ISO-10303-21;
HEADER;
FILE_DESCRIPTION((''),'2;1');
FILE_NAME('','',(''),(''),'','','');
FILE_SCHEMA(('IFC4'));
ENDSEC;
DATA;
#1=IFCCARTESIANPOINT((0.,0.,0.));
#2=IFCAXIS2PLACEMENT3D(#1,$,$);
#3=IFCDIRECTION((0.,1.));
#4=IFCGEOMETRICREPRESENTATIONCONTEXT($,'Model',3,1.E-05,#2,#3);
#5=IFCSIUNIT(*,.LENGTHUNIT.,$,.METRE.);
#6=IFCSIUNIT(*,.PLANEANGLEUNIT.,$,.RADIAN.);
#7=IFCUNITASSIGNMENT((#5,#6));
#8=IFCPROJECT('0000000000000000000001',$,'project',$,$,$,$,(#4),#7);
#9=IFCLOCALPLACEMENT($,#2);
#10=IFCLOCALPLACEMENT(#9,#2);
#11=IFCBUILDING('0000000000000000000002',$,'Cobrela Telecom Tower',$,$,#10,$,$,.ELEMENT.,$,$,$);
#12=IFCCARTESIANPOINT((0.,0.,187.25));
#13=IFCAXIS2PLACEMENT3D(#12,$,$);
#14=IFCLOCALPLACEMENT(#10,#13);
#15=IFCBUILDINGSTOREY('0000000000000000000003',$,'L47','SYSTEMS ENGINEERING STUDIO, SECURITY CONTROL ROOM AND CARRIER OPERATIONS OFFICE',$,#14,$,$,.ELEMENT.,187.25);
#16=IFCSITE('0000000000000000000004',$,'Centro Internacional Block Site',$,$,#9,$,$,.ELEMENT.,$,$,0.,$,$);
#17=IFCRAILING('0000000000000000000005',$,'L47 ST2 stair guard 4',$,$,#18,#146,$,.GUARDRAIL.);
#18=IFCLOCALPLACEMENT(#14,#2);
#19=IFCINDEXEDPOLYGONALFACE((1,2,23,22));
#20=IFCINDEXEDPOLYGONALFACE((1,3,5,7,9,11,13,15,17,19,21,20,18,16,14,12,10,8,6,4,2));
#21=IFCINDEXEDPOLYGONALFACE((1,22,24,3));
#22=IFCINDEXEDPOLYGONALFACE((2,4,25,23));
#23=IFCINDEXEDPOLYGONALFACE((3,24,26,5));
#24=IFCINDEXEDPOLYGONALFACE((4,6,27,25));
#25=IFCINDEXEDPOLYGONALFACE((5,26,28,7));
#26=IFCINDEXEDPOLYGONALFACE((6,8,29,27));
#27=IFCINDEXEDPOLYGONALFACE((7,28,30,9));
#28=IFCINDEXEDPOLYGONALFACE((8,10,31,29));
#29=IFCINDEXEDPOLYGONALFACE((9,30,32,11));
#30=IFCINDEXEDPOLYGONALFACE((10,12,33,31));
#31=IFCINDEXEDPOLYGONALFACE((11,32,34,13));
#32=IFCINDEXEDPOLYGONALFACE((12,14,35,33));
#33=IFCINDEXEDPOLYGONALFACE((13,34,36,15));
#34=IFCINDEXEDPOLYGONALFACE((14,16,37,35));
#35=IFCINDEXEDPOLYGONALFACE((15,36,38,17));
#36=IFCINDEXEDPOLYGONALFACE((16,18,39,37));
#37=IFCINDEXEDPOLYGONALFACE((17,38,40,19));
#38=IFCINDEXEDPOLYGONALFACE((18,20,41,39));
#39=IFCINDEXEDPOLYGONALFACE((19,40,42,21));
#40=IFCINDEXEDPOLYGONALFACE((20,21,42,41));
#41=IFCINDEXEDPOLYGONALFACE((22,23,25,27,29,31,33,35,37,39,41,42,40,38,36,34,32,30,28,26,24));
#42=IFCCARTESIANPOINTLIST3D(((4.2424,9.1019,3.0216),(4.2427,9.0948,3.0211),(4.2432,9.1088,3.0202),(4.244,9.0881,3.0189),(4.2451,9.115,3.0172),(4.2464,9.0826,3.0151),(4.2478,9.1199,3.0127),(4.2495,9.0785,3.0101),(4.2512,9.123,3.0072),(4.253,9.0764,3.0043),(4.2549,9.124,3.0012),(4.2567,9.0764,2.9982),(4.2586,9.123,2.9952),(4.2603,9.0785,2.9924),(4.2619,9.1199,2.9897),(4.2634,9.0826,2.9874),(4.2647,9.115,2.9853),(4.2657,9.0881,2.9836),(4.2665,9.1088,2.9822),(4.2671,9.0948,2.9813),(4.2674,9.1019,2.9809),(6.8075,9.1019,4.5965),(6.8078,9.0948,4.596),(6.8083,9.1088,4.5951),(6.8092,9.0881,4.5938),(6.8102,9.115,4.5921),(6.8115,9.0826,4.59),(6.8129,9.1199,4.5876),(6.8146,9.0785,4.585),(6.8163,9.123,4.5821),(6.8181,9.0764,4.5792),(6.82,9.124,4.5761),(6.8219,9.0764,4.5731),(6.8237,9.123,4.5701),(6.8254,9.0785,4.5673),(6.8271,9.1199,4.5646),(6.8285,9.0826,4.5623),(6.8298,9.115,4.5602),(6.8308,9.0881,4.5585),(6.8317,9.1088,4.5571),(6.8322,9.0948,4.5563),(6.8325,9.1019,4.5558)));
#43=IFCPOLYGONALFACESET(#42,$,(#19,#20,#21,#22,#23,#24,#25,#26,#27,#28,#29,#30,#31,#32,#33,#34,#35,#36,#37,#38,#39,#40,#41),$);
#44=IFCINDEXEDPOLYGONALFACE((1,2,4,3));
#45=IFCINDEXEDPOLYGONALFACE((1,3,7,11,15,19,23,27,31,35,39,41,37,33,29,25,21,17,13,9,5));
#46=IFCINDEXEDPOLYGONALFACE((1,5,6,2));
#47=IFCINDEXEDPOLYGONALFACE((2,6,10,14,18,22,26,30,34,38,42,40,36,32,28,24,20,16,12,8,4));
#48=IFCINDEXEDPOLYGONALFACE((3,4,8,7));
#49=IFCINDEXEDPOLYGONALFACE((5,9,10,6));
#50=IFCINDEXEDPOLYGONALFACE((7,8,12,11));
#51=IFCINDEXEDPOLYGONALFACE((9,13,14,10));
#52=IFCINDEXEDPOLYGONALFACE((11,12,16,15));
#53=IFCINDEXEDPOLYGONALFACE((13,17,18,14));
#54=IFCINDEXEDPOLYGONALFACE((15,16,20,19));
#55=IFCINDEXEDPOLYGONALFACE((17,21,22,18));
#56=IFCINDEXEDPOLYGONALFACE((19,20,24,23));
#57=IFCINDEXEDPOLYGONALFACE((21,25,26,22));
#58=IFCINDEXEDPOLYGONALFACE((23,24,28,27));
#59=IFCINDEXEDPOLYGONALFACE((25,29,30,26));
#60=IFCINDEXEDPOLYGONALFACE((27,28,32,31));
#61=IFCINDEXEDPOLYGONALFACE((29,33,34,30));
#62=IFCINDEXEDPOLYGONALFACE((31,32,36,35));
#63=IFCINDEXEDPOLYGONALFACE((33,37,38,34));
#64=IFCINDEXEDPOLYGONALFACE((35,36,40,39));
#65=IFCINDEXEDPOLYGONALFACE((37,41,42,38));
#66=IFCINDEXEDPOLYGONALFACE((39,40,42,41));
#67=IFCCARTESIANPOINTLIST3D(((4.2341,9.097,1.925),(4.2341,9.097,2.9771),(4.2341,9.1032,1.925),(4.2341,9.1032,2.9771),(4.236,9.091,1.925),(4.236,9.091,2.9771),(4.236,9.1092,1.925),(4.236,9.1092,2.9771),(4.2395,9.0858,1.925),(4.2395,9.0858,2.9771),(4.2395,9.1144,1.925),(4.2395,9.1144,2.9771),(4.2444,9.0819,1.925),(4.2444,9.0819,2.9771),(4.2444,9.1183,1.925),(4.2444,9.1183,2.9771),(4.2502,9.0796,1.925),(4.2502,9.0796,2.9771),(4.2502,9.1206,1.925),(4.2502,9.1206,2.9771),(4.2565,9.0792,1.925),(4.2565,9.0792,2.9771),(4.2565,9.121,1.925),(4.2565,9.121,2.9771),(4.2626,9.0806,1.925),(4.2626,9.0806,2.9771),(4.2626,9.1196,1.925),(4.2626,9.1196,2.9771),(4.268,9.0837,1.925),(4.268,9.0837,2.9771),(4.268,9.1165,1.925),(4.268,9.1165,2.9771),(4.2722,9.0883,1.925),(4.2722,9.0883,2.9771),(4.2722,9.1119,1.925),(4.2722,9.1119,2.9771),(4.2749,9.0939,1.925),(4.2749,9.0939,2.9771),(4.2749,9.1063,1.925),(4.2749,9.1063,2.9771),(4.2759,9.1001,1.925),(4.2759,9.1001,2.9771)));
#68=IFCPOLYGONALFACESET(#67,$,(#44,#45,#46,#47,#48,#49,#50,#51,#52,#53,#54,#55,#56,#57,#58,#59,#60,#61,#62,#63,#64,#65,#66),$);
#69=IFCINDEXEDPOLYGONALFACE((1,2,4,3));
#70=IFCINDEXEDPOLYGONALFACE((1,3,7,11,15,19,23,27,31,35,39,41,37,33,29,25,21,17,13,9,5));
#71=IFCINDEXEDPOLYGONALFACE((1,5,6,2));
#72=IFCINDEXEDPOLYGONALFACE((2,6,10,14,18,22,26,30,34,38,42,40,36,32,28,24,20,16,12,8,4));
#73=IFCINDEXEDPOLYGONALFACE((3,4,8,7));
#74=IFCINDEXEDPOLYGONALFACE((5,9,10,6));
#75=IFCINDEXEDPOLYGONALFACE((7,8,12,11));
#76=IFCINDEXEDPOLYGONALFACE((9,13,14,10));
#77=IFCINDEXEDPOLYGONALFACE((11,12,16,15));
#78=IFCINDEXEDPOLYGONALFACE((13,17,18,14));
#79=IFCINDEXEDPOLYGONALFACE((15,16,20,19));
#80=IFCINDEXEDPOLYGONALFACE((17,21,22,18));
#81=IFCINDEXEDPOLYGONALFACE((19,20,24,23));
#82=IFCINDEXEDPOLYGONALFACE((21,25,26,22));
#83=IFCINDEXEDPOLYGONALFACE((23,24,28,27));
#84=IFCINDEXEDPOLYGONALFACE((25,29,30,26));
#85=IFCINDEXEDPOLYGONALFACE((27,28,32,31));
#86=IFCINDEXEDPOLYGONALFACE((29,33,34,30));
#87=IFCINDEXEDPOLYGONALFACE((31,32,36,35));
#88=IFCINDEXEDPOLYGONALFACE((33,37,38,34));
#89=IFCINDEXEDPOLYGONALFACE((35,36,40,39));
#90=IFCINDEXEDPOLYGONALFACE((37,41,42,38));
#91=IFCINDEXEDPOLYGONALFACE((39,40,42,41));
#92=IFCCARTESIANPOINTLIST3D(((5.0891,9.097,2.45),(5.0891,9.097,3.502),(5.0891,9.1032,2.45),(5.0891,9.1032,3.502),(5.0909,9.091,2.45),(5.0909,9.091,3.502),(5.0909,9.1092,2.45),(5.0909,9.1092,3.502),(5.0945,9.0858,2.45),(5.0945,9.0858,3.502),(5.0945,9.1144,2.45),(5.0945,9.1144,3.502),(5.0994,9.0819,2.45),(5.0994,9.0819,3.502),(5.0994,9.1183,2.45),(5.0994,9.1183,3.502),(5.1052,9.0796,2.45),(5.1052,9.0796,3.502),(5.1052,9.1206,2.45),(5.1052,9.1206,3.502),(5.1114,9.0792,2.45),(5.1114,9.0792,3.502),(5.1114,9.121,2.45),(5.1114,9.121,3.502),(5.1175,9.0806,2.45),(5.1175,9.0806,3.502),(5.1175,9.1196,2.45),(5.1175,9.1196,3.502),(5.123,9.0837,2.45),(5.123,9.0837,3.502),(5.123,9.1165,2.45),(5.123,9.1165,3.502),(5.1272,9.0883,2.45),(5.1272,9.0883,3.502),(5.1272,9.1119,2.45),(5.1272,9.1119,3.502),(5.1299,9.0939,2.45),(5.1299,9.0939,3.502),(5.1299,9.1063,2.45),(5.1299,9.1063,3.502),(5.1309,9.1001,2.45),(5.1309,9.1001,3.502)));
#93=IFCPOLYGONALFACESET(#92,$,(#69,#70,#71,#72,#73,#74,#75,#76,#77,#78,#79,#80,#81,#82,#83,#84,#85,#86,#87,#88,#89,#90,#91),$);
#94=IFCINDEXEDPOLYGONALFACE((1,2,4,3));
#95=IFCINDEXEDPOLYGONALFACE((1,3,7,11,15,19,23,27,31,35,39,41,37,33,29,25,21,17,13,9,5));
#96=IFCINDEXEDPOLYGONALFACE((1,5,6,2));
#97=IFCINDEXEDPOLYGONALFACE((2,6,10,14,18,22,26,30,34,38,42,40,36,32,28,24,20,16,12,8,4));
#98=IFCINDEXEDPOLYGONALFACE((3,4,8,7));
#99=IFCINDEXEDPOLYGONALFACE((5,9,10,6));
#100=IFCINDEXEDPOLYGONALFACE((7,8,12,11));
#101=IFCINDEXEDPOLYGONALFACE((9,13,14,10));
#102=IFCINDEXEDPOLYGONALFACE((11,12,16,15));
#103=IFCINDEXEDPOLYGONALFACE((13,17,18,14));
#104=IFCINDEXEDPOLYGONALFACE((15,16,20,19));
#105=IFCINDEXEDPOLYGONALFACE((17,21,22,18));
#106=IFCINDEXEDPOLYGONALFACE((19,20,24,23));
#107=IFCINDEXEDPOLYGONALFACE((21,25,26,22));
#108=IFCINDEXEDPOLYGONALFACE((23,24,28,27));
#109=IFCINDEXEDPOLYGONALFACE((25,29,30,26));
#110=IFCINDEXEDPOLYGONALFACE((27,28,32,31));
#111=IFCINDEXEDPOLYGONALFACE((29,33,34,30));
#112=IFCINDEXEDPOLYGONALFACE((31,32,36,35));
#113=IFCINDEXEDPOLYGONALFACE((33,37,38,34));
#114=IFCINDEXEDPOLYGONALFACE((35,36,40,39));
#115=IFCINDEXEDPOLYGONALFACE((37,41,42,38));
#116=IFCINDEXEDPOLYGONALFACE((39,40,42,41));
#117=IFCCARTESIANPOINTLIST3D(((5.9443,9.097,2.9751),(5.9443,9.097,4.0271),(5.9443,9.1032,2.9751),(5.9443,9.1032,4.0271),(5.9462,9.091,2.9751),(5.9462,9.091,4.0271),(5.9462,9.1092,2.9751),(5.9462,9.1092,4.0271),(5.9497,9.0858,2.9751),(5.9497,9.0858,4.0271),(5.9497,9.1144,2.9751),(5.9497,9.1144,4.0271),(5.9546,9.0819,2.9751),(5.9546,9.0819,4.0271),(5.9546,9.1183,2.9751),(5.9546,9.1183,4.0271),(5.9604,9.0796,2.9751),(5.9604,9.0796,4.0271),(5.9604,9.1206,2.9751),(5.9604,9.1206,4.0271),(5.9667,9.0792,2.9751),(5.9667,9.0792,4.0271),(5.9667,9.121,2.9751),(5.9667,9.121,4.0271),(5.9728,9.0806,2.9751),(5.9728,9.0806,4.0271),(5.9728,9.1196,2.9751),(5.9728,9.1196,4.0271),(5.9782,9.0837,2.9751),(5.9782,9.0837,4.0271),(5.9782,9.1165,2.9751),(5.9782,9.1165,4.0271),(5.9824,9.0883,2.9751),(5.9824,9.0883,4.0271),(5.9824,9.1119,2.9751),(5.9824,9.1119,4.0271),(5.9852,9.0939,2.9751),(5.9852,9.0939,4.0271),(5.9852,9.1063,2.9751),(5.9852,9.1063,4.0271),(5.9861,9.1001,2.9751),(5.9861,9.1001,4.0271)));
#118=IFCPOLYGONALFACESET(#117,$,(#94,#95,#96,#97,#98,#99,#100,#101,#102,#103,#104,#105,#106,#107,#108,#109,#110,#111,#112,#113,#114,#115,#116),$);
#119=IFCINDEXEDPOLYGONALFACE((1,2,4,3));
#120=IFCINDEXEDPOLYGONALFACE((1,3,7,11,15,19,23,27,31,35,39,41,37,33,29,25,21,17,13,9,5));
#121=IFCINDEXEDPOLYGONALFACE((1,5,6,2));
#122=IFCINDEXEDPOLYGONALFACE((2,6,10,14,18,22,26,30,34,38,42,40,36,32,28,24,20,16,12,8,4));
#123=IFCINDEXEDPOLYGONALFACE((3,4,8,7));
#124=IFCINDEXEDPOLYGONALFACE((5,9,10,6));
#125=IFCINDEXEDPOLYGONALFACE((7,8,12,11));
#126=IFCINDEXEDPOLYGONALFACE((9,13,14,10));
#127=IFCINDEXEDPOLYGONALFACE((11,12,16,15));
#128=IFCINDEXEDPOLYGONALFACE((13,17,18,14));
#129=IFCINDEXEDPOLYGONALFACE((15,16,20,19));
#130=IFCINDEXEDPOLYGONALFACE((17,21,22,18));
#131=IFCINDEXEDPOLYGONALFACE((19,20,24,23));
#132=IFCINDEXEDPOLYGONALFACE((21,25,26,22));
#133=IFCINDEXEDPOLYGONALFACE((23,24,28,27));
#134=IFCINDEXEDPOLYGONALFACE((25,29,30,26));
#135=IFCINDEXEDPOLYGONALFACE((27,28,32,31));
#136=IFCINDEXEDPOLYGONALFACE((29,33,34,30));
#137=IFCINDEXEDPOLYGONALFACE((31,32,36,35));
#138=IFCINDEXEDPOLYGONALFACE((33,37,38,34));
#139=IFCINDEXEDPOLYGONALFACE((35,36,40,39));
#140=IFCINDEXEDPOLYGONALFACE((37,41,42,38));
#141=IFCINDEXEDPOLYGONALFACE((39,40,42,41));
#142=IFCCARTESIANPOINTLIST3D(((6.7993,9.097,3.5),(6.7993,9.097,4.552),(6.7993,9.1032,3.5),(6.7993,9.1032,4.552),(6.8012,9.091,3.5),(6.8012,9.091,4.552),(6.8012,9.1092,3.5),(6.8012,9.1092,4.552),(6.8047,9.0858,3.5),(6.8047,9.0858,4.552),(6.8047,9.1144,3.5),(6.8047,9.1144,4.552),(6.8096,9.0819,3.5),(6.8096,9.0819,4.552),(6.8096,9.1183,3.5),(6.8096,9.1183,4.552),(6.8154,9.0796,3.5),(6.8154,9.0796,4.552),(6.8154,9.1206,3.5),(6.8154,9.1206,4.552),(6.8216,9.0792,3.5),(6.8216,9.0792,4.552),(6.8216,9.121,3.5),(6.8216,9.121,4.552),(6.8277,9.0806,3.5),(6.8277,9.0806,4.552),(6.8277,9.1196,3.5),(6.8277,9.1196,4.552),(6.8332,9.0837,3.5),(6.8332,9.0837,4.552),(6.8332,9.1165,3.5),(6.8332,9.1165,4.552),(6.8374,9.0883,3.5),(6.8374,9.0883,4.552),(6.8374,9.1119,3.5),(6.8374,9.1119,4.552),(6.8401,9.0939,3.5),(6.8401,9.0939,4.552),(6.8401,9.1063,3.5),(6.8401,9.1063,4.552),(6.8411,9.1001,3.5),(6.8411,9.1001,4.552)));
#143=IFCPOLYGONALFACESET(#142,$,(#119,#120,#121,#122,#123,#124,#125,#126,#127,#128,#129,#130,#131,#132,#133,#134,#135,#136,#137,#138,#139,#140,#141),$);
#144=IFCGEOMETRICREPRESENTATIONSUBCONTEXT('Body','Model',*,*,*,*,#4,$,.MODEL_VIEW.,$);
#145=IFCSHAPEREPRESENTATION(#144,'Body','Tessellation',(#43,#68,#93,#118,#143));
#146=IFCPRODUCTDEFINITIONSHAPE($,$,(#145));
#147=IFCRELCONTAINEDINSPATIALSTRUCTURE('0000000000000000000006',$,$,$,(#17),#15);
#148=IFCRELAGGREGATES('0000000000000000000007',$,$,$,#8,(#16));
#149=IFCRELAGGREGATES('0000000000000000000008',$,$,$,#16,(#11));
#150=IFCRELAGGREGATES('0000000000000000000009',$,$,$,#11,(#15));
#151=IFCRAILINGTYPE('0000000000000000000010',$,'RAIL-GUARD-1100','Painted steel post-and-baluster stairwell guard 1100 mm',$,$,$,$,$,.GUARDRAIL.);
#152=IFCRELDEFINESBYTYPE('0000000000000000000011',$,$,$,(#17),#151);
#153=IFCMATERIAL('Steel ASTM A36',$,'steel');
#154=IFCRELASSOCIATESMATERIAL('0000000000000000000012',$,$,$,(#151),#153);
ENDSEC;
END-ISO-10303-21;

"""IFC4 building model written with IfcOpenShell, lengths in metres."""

from ifc_helpers import new_model, si_unit, direction, frame, origin, origin_2d, place, context, subcontext, project, spatial, circle, extrude, material, type_object, element, save


model = new_model("IFC4")

# Units and contexts
model_context = context("Model", 3, precision=1e-05, world=origin(), true_north=direction((0.0, 1.0)))
body_context = subcontext(model_context, "Body", "Model", "MODEL_VIEW")
ifc_project = project(units=[si_unit("LENGTHUNIT", "METRE"), si_unit("PLANEANGLEUNIT", "RADIAN")], contexts=[model_context])

# Site, building, storey
site_placement = place(None, origin())
site = spatial("IfcSite", under=ifc_project, at=site_placement, Name="Centro Internacional Block Site", CompositionType="ELEMENT", RefElevation=0.0)
building_placement = place(site_placement, origin())
building = spatial("IfcBuilding", under=site, at=building_placement, Name="Cobrela Telecom Tower", CompositionType="ELEMENT")
storey_placement = place(building_placement, frame((0.0, 0.0, 187.25)))
storey = spatial("IfcBuildingStorey", under=building, at=storey_placement, Name="L47", Description="SYSTEMS ENGINEERING STUDIO, SECURITY CONTROL ROOM AND CARRIER OPERATIONS OFFICE", CompositionType="ELEMENT", Elevation=187.25)

# Shared definitions
ifc_material_1 = material(Name="Steel ASTM A36", Category="steel")

# Railing
railing_type = type_object("IfcRailingType", Name="RAIL-GUARD-1100", Description="Painted steel post-and-baluster stairwell guard 1100 mm", PredefinedType="GUARDRAIL", material=ifc_material_1)
railing_1_placement = place(storey_placement, frame((4.2549, 9.1001, 1.925)))
element("IfcRailing", 1, at=railing_1_placement, inside=storey, type_object=railing_type, Name="L47 ST2 stair guard 4", PredefinedType="GUARDRAIL", context=body_context, shape_type="SweptSolid", body=[
    extrude(circle(Radius=0.0239, at=origin_2d()), frame((0.0, 0.0, 1.0762), z_axis=(0.852195, 0.0, 0.523224), x_axis=(0.0, 1.0, 0.0)), (0.0, 0.0, 1.0), 3.01),
    extrude(circle(Radius=0.021, at=origin_2d()), origin(), (0.0, 0.0, 1.0), 1.052),
    extrude(circle(Radius=0.021, at=origin_2d()), frame((0.855, 0.0, 0.5249)), (0.0, 0.0, 1.0), 1.052),
    extrude(circle(Radius=0.021, at=origin_2d()), frame((1.7102, 0.0, 1.05)), (0.0, 0.0, 1.0), 1.052),
    extrude(circle(Radius=0.021, at=origin_2d()), frame((2.5652, 0.0, 1.575)), (0.0, 0.0, 1.0), 1.052),
])

save(model, "model.ifc")
